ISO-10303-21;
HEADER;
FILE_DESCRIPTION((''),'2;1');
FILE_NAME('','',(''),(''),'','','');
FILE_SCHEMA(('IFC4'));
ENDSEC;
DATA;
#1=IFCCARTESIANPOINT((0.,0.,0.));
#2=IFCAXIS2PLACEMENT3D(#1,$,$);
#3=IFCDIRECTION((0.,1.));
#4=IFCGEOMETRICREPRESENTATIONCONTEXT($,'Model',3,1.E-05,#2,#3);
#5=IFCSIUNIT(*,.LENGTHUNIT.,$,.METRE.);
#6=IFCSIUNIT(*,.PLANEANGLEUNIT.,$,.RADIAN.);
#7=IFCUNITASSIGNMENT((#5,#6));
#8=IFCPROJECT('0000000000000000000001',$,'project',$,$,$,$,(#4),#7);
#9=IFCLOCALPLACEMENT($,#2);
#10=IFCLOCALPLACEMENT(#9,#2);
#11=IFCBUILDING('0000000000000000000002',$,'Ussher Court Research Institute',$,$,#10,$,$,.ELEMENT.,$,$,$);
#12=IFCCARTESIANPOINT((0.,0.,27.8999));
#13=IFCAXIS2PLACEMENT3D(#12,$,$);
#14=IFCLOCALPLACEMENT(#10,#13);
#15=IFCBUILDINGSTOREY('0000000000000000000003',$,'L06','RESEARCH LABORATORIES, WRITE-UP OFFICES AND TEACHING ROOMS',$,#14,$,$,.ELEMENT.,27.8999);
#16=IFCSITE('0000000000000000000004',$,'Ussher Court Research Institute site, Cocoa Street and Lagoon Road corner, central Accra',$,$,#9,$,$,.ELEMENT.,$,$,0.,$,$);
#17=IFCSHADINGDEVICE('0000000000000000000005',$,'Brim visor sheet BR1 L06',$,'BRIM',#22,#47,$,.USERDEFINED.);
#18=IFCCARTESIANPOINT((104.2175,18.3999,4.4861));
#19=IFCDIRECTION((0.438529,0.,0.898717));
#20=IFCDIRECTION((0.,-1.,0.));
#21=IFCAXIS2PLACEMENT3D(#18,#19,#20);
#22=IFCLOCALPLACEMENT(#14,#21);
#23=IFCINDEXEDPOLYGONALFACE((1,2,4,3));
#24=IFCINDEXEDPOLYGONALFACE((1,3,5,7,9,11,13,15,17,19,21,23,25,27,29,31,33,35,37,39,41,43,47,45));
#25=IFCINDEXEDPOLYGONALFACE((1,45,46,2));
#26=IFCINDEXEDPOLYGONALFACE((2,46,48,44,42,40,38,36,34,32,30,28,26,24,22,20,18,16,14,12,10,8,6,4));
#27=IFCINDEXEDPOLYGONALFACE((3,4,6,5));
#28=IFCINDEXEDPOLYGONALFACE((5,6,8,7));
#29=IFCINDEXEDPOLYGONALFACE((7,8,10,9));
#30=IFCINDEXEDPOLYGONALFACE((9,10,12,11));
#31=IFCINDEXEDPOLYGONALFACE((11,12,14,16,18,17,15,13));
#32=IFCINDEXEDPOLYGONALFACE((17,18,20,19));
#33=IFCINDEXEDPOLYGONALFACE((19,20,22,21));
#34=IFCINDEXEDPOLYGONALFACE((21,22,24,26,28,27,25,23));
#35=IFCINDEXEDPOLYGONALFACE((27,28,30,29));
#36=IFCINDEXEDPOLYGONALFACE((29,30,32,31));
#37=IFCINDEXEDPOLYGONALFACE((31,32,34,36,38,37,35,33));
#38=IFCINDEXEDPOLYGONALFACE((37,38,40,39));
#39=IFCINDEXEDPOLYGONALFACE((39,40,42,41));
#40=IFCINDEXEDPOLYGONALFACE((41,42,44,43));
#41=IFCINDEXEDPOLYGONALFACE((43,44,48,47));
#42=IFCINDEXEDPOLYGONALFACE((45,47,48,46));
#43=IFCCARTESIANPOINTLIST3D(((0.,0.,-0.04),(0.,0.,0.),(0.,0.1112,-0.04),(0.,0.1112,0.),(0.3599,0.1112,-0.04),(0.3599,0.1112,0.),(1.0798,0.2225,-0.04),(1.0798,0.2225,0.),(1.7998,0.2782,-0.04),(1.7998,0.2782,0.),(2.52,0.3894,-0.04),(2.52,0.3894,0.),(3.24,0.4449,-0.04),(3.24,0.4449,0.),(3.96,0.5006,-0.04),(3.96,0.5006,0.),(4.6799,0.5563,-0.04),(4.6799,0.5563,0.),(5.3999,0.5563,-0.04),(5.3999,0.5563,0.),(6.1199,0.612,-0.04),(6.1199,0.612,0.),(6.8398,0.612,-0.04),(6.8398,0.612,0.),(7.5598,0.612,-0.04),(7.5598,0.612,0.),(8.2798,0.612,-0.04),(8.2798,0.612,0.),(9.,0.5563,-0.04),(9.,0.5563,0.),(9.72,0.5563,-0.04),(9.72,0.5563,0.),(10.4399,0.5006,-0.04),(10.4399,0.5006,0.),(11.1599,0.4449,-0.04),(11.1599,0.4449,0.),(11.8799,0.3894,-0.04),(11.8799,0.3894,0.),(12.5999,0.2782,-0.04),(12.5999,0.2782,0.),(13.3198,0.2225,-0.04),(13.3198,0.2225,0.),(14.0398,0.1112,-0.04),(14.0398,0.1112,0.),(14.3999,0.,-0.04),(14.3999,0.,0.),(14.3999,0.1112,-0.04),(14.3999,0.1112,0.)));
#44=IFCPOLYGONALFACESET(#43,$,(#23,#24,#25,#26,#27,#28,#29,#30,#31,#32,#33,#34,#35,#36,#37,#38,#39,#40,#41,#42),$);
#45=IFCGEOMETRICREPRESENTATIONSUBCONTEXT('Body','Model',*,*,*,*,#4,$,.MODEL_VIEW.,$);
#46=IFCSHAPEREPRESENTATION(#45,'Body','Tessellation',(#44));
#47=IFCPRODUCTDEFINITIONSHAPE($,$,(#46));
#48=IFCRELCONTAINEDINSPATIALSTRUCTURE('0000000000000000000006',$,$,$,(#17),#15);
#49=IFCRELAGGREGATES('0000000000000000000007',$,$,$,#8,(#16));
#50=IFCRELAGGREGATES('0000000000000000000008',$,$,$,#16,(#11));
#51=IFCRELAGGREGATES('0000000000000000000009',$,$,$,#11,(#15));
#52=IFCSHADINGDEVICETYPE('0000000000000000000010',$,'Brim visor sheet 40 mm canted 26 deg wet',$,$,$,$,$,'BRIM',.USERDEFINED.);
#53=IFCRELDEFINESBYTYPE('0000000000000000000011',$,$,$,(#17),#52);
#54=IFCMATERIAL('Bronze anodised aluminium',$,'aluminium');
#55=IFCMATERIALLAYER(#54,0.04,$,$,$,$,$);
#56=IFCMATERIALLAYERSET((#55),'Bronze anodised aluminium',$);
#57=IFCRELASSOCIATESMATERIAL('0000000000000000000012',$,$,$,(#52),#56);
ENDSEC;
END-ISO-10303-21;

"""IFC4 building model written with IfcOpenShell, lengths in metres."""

from ifc_helpers import new_model, si_unit, direction, frame, origin, place, context, subcontext, project, spatial, polyline, outline, extrude, material, layer, layer_set, type_object, element, save


model = new_model("IFC4")

# Units and contexts
model_context = context("Model", 3, precision=1e-05, world=origin(), true_north=direction((0.0, 1.0)))
body_context = subcontext(model_context, "Body", "Model", "MODEL_VIEW")
ifc_project = project(units=[si_unit("LENGTHUNIT", "METRE"), si_unit("PLANEANGLEUNIT", "RADIAN")], contexts=[model_context])

# Site, building, storey
site_placement = place(None, origin())
site = spatial("IfcSite", under=ifc_project, at=site_placement, Name="Ussher Court Research Institute site, Cocoa Street and Lagoon Road corner, central Accra", CompositionType="ELEMENT", RefElevation=0.0)
building_placement = place(site_placement, origin())
building = spatial("IfcBuilding", under=site, at=building_placement, Name="Ussher Court Research Institute", CompositionType="ELEMENT")
storey_placement = place(building_placement, frame((0.0, 0.0, 27.8999)))
storey = spatial("IfcBuildingStorey", under=building, at=storey_placement, Name="L06", Description="RESEARCH LABORATORIES, WRITE-UP OFFICES AND TEACHING ROOMS", CompositionType="ELEMENT", Elevation=27.8999)

# Shading device
ifc_material_1 = material(Name="Bronze anodised aluminium", Category="aluminium")
ifc_layer_1 = layer(ifc_material_1, 0.04)
ifc_layer_set_1 = layer_set([ifc_layer_1], Name="Bronze anodised aluminium")
shading_device_type_1 = type_object("IfcShadingDeviceType", Name="Brim visor sheet 40 mm canted 26 deg wet", ElementType="BRIM", PredefinedType="USERDEFINED", material=ifc_layer_set_1)
shading_device_1_placement = place(storey_placement, frame((104.2175, 18.3999, 4.4861), z_axis=(0.438529, 0.0, 0.898717), x_axis=(0.0, -1.0, 0.0)))
element("IfcShadingDevice", 1, at=shading_device_1_placement, inside=storey, type_object=shading_device_type_1, Name="Brim visor sheet BR1 L06", ObjectType="BRIM", PredefinedType="USERDEFINED", context=body_context, shape_type="SweptSolid", body=[
    extrude(outline(polyline([(0.0, 0.0), (14.3999, 0.0), (14.3999, 0.1112), (14.0398, 0.1112), (13.3198, 0.2225), (12.5999, 0.2782), (11.8799, 0.3894), (11.1599, 0.4449), (10.4399, 0.5006), (9.72, 0.5563), (9.0, 0.5563), (8.2798, 0.612), (7.5598, 0.612), (6.8398, 0.612), (6.1199, 0.612), (5.3999, 0.5563), (4.6799, 0.5563), (3.96, 0.5006), (3.24, 0.4449), (2.52, 0.3894), (1.7998, 0.2782), (1.0798, 0.2225), (0.3599, 0.1112), (0.0, 0.1112), (0.0, 0.0)])), origin(), (0.0, 0.0, -1.0), 0.04),
])

save(model, "model.ifc")
